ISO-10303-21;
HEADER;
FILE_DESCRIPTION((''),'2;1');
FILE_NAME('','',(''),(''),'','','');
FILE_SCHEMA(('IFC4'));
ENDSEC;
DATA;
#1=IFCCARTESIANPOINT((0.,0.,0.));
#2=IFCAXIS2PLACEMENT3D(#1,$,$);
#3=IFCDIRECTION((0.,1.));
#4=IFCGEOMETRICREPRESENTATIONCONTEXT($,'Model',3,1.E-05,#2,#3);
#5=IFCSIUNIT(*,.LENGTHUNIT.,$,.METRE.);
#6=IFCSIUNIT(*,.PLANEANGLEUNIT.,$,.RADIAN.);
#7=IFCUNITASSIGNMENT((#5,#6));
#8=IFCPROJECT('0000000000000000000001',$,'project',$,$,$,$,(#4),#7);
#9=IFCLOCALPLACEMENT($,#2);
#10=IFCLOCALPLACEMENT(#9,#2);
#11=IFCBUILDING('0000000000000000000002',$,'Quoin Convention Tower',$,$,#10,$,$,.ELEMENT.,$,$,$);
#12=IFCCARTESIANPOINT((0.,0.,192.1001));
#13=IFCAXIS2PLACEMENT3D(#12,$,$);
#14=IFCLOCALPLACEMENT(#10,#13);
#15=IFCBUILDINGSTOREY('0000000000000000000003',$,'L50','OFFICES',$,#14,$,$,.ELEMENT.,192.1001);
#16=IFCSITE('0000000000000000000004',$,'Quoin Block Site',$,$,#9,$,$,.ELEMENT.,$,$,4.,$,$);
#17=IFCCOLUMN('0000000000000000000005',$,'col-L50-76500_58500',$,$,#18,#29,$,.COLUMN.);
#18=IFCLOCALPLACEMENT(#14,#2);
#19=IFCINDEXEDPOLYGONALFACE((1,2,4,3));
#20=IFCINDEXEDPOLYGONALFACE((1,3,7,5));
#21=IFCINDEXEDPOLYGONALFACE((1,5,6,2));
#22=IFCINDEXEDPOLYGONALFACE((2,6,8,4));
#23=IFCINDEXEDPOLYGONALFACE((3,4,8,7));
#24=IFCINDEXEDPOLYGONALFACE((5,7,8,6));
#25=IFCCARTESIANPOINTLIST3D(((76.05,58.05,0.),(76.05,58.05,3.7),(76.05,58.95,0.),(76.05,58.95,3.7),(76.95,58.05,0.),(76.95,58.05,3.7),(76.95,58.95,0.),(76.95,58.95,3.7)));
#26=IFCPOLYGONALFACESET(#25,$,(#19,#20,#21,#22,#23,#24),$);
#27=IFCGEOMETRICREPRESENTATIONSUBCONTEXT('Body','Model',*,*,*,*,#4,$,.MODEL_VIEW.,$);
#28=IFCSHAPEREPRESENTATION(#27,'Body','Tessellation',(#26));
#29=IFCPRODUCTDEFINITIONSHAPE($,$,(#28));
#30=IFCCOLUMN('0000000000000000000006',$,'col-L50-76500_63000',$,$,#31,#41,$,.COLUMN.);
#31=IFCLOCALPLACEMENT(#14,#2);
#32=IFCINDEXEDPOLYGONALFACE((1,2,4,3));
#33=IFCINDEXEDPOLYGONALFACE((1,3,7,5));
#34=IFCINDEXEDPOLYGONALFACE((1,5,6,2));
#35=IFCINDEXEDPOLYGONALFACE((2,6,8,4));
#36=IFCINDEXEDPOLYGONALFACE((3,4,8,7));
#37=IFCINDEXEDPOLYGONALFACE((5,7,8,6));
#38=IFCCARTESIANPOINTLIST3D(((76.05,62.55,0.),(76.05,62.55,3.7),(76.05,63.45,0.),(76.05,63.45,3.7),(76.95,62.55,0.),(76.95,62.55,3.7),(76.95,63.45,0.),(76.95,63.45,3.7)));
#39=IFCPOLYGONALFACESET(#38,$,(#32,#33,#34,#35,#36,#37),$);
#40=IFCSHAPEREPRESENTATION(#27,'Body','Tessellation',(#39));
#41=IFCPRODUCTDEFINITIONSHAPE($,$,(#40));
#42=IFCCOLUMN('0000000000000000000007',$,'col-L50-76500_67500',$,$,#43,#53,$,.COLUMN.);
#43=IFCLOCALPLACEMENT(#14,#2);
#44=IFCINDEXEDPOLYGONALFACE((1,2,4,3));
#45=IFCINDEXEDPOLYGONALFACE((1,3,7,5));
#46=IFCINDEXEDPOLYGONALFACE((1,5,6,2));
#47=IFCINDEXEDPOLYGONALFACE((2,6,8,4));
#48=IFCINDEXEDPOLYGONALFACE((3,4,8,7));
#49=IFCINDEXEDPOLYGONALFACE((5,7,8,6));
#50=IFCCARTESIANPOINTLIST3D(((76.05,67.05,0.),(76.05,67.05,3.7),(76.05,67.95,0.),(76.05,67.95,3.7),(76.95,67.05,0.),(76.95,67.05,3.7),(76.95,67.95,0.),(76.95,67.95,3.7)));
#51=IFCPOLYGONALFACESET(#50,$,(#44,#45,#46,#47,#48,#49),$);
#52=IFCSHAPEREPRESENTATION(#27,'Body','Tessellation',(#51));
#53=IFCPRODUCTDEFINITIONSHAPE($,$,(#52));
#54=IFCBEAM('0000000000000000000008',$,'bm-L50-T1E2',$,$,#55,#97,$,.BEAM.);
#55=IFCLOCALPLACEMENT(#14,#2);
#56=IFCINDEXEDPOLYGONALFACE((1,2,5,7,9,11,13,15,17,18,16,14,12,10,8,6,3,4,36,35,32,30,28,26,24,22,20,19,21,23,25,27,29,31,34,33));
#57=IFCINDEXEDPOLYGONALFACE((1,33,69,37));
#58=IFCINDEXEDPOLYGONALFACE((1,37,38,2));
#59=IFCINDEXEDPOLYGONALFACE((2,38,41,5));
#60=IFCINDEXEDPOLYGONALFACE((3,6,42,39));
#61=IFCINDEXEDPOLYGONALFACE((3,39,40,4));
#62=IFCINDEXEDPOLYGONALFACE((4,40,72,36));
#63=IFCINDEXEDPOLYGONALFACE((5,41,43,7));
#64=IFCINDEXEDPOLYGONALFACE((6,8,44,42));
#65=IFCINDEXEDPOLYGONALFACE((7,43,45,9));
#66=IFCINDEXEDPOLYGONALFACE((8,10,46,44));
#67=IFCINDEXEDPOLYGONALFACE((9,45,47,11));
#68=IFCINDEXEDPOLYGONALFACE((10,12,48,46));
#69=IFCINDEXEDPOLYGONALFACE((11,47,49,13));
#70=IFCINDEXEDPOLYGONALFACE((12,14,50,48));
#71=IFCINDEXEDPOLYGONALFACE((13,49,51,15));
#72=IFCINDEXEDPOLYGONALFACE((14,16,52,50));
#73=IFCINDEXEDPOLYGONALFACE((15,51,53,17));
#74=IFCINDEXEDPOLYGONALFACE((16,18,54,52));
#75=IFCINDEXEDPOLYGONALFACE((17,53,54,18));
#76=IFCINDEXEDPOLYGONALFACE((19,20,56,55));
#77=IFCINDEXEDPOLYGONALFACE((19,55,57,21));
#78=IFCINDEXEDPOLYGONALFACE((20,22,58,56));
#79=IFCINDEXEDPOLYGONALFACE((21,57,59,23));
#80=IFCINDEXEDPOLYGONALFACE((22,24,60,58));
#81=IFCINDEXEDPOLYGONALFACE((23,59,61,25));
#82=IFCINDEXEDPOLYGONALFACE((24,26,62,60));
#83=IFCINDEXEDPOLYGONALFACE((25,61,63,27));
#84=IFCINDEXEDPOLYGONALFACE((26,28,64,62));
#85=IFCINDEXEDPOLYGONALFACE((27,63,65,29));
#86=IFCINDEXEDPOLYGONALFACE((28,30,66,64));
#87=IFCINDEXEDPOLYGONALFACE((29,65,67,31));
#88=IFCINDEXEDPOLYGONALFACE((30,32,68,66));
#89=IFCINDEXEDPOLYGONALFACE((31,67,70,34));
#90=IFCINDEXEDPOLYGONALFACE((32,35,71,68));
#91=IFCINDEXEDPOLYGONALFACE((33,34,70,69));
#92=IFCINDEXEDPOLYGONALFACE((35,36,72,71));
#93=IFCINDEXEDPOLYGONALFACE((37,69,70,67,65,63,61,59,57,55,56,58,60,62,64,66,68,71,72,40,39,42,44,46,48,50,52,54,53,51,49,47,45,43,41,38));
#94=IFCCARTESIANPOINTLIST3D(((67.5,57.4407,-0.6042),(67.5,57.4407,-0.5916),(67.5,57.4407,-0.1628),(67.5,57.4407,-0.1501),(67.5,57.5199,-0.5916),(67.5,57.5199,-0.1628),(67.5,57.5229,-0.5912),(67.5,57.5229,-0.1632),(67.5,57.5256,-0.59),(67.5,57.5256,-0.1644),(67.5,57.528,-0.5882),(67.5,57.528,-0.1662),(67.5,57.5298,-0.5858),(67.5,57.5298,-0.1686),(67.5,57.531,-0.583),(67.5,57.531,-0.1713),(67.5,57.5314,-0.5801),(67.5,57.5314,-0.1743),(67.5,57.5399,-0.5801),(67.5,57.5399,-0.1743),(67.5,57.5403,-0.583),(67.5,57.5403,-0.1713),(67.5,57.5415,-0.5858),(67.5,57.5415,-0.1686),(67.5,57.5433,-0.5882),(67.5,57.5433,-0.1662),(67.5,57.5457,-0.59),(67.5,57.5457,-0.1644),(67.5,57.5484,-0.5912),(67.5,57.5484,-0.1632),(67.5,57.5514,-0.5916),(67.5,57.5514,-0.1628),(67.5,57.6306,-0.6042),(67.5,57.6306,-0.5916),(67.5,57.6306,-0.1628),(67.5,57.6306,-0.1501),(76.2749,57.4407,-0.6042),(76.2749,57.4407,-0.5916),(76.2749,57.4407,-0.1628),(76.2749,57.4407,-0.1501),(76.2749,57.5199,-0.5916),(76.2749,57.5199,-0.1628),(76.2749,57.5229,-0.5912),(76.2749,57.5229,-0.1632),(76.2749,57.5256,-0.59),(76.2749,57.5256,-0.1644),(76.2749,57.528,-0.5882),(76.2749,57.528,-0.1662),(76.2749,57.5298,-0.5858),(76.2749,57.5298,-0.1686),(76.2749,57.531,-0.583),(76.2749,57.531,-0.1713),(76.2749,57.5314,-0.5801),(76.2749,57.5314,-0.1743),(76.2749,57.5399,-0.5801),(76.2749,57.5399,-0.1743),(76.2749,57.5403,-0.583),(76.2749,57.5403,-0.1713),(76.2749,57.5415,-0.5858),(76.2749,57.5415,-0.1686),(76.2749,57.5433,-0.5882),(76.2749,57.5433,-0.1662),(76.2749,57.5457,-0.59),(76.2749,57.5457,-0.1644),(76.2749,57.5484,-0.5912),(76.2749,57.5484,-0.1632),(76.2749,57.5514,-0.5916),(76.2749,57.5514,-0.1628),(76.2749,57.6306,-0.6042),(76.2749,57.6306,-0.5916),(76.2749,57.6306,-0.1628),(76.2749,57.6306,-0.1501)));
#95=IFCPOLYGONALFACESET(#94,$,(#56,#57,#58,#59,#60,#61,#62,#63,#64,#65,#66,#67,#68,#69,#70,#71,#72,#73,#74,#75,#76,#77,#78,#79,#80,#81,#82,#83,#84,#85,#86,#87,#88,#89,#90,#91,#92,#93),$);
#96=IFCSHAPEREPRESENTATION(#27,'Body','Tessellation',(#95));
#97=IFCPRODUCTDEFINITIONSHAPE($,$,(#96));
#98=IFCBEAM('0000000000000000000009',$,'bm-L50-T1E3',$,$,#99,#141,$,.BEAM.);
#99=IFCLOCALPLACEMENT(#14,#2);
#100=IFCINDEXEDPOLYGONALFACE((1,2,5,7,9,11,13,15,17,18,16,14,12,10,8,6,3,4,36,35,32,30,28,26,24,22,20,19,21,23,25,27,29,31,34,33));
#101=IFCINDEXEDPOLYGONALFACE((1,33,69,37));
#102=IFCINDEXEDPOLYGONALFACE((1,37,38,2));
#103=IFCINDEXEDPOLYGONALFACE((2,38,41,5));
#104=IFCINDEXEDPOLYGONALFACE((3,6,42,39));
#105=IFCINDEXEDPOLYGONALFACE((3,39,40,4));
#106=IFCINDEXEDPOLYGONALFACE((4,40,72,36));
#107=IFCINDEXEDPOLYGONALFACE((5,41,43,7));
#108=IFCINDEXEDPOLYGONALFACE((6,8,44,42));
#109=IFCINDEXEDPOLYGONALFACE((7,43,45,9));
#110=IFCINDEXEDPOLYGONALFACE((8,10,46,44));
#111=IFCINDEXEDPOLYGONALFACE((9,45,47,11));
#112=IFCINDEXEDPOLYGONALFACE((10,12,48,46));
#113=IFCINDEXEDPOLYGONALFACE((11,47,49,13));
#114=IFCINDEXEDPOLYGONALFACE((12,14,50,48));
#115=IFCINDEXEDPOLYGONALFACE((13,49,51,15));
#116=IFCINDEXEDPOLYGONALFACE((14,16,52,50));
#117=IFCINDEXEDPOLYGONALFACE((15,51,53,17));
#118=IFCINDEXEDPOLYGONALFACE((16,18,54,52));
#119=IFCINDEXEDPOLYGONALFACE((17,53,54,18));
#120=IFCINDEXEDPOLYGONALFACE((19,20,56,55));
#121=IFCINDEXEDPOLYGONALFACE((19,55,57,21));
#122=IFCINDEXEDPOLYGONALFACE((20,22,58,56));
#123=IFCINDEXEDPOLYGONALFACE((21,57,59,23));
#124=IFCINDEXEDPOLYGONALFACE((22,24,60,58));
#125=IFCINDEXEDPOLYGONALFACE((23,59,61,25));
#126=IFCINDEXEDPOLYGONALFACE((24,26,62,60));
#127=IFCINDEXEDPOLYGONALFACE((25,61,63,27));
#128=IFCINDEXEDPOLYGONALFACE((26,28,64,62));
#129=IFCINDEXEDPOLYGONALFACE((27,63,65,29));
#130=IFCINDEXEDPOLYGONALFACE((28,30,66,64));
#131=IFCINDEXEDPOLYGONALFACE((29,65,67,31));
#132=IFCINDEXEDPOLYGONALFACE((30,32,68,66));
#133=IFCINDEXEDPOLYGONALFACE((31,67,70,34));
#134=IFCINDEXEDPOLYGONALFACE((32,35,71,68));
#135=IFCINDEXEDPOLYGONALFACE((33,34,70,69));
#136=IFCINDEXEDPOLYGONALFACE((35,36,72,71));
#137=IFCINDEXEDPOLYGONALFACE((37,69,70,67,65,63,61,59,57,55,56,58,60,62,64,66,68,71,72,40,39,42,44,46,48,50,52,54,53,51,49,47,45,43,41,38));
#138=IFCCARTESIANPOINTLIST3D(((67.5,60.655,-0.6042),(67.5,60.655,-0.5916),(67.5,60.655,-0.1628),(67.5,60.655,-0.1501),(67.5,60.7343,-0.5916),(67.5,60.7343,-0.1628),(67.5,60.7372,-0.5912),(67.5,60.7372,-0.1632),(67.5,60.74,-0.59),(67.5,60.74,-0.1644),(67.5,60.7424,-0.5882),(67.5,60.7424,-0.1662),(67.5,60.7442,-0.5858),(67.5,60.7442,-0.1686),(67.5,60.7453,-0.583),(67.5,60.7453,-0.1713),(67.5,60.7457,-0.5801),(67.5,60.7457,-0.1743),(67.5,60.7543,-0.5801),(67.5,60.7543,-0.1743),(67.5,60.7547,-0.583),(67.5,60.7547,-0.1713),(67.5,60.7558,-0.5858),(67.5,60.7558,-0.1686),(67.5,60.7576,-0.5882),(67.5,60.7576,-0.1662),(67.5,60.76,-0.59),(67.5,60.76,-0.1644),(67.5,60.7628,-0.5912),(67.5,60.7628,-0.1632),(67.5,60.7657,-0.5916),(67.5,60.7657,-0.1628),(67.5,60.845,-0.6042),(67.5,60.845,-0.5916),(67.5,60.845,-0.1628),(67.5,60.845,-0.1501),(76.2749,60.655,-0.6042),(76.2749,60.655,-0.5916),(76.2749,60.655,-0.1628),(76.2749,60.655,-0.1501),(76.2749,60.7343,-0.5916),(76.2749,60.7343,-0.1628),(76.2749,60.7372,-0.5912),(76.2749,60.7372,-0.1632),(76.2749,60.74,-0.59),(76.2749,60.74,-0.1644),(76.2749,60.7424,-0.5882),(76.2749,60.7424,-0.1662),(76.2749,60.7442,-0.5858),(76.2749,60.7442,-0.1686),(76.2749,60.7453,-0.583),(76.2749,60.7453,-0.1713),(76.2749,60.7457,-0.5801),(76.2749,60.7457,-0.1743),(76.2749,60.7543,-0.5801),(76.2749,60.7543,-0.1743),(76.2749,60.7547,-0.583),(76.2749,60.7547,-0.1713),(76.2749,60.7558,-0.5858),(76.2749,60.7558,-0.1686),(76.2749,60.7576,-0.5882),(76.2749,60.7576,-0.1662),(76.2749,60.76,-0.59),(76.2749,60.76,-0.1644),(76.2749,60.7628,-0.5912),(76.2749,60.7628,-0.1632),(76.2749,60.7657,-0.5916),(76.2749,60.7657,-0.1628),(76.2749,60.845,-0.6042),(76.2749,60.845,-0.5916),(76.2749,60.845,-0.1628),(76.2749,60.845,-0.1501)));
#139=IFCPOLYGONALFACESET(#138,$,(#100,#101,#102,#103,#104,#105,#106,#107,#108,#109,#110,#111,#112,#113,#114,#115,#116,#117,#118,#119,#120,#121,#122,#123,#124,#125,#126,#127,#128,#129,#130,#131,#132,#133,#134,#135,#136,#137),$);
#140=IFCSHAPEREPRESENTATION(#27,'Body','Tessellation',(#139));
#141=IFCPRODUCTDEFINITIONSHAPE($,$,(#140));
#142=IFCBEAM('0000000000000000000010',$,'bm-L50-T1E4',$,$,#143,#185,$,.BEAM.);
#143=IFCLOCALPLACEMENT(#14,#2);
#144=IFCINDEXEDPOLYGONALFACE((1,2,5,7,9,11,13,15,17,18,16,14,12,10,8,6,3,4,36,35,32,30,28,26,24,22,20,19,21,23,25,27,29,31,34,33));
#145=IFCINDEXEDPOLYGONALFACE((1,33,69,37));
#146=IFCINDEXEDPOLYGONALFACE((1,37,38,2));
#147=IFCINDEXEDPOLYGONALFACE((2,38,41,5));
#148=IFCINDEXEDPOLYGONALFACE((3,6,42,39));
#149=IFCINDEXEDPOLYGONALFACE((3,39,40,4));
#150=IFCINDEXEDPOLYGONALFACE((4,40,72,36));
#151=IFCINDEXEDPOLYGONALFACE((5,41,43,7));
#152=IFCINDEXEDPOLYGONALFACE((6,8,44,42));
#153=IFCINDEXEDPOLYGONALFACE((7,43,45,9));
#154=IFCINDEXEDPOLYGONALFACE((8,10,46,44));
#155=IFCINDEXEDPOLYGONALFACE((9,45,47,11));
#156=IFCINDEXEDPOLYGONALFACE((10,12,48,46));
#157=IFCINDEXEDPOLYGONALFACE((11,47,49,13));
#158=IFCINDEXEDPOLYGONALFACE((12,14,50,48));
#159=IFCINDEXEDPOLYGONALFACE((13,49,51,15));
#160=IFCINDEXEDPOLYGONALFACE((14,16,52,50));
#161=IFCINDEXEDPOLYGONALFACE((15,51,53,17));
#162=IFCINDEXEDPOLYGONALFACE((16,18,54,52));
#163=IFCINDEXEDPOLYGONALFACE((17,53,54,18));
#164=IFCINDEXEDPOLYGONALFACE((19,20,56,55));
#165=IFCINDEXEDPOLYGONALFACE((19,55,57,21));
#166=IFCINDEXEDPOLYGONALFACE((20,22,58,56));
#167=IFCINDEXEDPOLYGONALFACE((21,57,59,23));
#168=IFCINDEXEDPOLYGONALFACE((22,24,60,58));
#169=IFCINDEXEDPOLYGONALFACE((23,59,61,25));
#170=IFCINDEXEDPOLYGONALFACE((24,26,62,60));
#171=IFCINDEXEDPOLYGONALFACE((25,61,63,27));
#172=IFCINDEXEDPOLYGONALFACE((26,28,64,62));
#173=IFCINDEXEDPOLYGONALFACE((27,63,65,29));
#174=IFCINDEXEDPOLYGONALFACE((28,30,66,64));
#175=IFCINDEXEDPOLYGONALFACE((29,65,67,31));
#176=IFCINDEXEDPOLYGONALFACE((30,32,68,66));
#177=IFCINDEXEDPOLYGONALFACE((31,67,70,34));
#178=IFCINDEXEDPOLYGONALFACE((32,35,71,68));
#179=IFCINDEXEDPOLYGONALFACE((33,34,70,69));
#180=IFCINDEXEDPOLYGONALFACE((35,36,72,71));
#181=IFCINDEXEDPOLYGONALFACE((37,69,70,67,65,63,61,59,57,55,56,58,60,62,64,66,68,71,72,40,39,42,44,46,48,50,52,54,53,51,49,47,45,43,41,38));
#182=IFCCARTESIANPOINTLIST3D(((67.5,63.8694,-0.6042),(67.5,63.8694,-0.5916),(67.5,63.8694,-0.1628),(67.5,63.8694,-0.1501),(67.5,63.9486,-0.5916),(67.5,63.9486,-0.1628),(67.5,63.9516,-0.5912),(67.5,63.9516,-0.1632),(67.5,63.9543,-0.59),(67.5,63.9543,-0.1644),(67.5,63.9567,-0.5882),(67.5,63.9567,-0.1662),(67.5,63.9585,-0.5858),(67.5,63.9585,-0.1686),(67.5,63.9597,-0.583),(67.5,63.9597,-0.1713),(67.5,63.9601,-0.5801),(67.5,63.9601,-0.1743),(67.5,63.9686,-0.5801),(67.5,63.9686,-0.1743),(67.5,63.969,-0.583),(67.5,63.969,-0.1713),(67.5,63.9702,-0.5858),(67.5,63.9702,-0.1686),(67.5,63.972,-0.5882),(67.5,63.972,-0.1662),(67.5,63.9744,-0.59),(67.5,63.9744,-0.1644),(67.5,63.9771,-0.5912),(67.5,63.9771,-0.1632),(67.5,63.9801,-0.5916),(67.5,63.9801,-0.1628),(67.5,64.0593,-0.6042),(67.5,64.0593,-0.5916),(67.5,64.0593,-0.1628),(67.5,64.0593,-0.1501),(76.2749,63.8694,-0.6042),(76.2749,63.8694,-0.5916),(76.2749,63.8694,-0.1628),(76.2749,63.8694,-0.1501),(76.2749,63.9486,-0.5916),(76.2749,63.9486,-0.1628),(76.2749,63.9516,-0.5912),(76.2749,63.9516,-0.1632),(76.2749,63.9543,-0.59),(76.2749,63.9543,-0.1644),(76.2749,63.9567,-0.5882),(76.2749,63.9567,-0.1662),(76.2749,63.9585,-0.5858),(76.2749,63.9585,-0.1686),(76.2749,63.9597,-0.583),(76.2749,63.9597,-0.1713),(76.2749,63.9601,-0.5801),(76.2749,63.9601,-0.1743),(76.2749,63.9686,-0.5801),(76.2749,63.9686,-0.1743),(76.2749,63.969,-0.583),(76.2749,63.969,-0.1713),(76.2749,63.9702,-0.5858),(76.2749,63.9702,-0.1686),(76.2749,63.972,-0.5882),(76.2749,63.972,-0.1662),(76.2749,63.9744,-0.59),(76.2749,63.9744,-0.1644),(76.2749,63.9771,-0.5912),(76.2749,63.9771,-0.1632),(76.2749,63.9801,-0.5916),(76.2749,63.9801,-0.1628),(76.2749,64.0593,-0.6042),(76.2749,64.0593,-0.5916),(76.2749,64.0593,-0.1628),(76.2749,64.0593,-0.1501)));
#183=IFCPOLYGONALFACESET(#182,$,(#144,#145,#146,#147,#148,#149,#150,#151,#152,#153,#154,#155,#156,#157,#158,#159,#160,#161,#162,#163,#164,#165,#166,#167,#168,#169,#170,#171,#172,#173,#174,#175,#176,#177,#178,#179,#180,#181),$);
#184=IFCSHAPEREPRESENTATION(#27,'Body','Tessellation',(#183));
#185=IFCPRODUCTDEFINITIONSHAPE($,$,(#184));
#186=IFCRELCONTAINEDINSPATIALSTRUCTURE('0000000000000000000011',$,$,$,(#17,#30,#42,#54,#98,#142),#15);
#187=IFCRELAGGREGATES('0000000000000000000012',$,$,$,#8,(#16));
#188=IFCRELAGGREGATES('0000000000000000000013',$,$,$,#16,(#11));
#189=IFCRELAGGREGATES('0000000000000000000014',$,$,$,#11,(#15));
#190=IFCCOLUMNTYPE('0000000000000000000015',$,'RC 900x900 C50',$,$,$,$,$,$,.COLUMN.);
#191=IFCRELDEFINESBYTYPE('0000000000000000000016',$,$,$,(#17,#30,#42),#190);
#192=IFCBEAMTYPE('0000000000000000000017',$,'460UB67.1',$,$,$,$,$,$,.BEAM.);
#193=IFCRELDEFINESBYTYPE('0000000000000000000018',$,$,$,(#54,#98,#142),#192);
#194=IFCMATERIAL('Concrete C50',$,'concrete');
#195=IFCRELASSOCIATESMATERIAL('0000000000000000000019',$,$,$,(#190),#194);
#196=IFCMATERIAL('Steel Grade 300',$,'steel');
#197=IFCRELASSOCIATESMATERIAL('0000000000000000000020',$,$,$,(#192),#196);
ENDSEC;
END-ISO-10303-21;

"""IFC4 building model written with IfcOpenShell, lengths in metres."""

from ifc_helpers import new_model, si_unit, direction, frame, origin, origin_2d, place, context, subcontext, project, spatial, rectangle, i_section, extrude, material, material_profile, profile_set, type_object, element, save


model = new_model("IFC4")

# Units and contexts
model_context = context("Model", 3, precision=1e-05, world=origin(), true_north=direction((0.0, 1.0)))
body_context = subcontext(model_context, "Body", "Model", "MODEL_VIEW")
ifc_project = project(units=[si_unit("LENGTHUNIT", "METRE"), si_unit("PLANEANGLEUNIT", "RADIAN")], contexts=[model_context])

# Site, building, storey
site_placement = place(None, origin())
site = spatial("IfcSite", under=ifc_project, at=site_placement, Name="Quoin Block Site", CompositionType="ELEMENT", RefElevation=4.0)
building_placement = place(site_placement, origin())
building = spatial("IfcBuilding", under=site, at=building_placement, Name="Quoin Convention Tower", CompositionType="ELEMENT")
storey_placement = place(building_placement, frame((0.0, 0.0, 192.1001)))
storey = spatial("IfcBuildingStorey", under=building, at=storey_placement, Name="L50", Description="OFFICES", CompositionType="ELEMENT", Elevation=192.1001)

# Columns
ifc_material_1 = material(Name="Concrete C50", Category="concrete")
ifc_material_profile_1 = material_profile(ifc_material_1, rectangle(XDim=0.8999, YDim=0.8999, at=origin_2d()), Name="RC 900x900")
ifc_profile_set_1 = profile_set([ifc_material_profile_1], Name="Concrete C50")
column_type = type_object("IfcColumnType", Name="RC 900x900 C50", PredefinedType="COLUMN", material=ifc_profile_set_1)
for number, where, z_axis, x_axis, name in (
    (1, (76.5, 58.5, 0.0), (0.0, 0.0, 1.0), (1.0, 0.0, 0.0), "col-L50-76500_58500"),
    (2, (76.5, 63.0, 0.0), (0.0, 0.0, 1.0), (1.0, 0.0, 0.0), "col-L50-76500_63000"),
    (3, (76.5, 67.5, 0.0), (0.0, 0.0, 1.0), (1.0, 0.0, 0.0), "col-L50-76500_67500"),
):
    element("IfcColumn", number, at=place(storey_placement, frame(where, z_axis=z_axis, x_axis=x_axis)), inside=storey, type_object=column_type, Name=name, PredefinedType="COLUMN", context=body_context, shape_type="SweptSolid", body=[
        extrude(rectangle(XDim=0.8999, YDim=0.8999, at=origin_2d()), origin(), (0.0, 0.0, 1.0), 3.7),
    ])

# Beams
ifc_material_2 = material(Name="Steel Grade 300", Category="steel")
ifc_material_profile_2 = material_profile(ifc_material_2, i_section(OverallWidth=0.1899, OverallDepth=0.4541, WebThickness=0.0085, FlangeThickness=0.0127, FilletRadius=0.0115, at=origin_2d()), Name="460UB67.1")
ifc_profile_set_2 = profile_set([ifc_material_profile_2], Name="Steel Grade 300")
beam_type_1 = type_object("IfcBeamType", Name="460UB67.1", PredefinedType="BEAM", material=ifc_profile_set_2)
for number, where, z_axis, x_axis, name in (
    (4, (67.5, 57.5356, -0.3772), (1.0, 0.0, 0.0), (0.0, 1.0, 0.0), "bm-L50-T1E2"),
    (5, (67.5, 60.75, -0.3772), (1.0, 0.0, 0.0), (0.0, 1.0, 0.0), "bm-L50-T1E3"),
    (6, (67.5, 63.9644, -0.3772), (1.0, 0.0, 0.0), (0.0, 1.0, 0.0), "bm-L50-T1E4"),
):
    element("IfcBeam", number, at=place(storey_placement, frame(where, z_axis=z_axis, x_axis=x_axis)), inside=storey, type_object=beam_type_1, Name=name, PredefinedType="BEAM", context=body_context, shape_type="SweptSolid", body=[
        extrude(i_section(OverallWidth=0.1899, OverallDepth=0.4541, WebThickness=0.0085, FlangeThickness=0.0127, FilletRadius=0.0115, at=origin_2d()), origin(), (0.0, 0.0, 1.0), 8.7749),
    ])

save(model, "model.ifc")
